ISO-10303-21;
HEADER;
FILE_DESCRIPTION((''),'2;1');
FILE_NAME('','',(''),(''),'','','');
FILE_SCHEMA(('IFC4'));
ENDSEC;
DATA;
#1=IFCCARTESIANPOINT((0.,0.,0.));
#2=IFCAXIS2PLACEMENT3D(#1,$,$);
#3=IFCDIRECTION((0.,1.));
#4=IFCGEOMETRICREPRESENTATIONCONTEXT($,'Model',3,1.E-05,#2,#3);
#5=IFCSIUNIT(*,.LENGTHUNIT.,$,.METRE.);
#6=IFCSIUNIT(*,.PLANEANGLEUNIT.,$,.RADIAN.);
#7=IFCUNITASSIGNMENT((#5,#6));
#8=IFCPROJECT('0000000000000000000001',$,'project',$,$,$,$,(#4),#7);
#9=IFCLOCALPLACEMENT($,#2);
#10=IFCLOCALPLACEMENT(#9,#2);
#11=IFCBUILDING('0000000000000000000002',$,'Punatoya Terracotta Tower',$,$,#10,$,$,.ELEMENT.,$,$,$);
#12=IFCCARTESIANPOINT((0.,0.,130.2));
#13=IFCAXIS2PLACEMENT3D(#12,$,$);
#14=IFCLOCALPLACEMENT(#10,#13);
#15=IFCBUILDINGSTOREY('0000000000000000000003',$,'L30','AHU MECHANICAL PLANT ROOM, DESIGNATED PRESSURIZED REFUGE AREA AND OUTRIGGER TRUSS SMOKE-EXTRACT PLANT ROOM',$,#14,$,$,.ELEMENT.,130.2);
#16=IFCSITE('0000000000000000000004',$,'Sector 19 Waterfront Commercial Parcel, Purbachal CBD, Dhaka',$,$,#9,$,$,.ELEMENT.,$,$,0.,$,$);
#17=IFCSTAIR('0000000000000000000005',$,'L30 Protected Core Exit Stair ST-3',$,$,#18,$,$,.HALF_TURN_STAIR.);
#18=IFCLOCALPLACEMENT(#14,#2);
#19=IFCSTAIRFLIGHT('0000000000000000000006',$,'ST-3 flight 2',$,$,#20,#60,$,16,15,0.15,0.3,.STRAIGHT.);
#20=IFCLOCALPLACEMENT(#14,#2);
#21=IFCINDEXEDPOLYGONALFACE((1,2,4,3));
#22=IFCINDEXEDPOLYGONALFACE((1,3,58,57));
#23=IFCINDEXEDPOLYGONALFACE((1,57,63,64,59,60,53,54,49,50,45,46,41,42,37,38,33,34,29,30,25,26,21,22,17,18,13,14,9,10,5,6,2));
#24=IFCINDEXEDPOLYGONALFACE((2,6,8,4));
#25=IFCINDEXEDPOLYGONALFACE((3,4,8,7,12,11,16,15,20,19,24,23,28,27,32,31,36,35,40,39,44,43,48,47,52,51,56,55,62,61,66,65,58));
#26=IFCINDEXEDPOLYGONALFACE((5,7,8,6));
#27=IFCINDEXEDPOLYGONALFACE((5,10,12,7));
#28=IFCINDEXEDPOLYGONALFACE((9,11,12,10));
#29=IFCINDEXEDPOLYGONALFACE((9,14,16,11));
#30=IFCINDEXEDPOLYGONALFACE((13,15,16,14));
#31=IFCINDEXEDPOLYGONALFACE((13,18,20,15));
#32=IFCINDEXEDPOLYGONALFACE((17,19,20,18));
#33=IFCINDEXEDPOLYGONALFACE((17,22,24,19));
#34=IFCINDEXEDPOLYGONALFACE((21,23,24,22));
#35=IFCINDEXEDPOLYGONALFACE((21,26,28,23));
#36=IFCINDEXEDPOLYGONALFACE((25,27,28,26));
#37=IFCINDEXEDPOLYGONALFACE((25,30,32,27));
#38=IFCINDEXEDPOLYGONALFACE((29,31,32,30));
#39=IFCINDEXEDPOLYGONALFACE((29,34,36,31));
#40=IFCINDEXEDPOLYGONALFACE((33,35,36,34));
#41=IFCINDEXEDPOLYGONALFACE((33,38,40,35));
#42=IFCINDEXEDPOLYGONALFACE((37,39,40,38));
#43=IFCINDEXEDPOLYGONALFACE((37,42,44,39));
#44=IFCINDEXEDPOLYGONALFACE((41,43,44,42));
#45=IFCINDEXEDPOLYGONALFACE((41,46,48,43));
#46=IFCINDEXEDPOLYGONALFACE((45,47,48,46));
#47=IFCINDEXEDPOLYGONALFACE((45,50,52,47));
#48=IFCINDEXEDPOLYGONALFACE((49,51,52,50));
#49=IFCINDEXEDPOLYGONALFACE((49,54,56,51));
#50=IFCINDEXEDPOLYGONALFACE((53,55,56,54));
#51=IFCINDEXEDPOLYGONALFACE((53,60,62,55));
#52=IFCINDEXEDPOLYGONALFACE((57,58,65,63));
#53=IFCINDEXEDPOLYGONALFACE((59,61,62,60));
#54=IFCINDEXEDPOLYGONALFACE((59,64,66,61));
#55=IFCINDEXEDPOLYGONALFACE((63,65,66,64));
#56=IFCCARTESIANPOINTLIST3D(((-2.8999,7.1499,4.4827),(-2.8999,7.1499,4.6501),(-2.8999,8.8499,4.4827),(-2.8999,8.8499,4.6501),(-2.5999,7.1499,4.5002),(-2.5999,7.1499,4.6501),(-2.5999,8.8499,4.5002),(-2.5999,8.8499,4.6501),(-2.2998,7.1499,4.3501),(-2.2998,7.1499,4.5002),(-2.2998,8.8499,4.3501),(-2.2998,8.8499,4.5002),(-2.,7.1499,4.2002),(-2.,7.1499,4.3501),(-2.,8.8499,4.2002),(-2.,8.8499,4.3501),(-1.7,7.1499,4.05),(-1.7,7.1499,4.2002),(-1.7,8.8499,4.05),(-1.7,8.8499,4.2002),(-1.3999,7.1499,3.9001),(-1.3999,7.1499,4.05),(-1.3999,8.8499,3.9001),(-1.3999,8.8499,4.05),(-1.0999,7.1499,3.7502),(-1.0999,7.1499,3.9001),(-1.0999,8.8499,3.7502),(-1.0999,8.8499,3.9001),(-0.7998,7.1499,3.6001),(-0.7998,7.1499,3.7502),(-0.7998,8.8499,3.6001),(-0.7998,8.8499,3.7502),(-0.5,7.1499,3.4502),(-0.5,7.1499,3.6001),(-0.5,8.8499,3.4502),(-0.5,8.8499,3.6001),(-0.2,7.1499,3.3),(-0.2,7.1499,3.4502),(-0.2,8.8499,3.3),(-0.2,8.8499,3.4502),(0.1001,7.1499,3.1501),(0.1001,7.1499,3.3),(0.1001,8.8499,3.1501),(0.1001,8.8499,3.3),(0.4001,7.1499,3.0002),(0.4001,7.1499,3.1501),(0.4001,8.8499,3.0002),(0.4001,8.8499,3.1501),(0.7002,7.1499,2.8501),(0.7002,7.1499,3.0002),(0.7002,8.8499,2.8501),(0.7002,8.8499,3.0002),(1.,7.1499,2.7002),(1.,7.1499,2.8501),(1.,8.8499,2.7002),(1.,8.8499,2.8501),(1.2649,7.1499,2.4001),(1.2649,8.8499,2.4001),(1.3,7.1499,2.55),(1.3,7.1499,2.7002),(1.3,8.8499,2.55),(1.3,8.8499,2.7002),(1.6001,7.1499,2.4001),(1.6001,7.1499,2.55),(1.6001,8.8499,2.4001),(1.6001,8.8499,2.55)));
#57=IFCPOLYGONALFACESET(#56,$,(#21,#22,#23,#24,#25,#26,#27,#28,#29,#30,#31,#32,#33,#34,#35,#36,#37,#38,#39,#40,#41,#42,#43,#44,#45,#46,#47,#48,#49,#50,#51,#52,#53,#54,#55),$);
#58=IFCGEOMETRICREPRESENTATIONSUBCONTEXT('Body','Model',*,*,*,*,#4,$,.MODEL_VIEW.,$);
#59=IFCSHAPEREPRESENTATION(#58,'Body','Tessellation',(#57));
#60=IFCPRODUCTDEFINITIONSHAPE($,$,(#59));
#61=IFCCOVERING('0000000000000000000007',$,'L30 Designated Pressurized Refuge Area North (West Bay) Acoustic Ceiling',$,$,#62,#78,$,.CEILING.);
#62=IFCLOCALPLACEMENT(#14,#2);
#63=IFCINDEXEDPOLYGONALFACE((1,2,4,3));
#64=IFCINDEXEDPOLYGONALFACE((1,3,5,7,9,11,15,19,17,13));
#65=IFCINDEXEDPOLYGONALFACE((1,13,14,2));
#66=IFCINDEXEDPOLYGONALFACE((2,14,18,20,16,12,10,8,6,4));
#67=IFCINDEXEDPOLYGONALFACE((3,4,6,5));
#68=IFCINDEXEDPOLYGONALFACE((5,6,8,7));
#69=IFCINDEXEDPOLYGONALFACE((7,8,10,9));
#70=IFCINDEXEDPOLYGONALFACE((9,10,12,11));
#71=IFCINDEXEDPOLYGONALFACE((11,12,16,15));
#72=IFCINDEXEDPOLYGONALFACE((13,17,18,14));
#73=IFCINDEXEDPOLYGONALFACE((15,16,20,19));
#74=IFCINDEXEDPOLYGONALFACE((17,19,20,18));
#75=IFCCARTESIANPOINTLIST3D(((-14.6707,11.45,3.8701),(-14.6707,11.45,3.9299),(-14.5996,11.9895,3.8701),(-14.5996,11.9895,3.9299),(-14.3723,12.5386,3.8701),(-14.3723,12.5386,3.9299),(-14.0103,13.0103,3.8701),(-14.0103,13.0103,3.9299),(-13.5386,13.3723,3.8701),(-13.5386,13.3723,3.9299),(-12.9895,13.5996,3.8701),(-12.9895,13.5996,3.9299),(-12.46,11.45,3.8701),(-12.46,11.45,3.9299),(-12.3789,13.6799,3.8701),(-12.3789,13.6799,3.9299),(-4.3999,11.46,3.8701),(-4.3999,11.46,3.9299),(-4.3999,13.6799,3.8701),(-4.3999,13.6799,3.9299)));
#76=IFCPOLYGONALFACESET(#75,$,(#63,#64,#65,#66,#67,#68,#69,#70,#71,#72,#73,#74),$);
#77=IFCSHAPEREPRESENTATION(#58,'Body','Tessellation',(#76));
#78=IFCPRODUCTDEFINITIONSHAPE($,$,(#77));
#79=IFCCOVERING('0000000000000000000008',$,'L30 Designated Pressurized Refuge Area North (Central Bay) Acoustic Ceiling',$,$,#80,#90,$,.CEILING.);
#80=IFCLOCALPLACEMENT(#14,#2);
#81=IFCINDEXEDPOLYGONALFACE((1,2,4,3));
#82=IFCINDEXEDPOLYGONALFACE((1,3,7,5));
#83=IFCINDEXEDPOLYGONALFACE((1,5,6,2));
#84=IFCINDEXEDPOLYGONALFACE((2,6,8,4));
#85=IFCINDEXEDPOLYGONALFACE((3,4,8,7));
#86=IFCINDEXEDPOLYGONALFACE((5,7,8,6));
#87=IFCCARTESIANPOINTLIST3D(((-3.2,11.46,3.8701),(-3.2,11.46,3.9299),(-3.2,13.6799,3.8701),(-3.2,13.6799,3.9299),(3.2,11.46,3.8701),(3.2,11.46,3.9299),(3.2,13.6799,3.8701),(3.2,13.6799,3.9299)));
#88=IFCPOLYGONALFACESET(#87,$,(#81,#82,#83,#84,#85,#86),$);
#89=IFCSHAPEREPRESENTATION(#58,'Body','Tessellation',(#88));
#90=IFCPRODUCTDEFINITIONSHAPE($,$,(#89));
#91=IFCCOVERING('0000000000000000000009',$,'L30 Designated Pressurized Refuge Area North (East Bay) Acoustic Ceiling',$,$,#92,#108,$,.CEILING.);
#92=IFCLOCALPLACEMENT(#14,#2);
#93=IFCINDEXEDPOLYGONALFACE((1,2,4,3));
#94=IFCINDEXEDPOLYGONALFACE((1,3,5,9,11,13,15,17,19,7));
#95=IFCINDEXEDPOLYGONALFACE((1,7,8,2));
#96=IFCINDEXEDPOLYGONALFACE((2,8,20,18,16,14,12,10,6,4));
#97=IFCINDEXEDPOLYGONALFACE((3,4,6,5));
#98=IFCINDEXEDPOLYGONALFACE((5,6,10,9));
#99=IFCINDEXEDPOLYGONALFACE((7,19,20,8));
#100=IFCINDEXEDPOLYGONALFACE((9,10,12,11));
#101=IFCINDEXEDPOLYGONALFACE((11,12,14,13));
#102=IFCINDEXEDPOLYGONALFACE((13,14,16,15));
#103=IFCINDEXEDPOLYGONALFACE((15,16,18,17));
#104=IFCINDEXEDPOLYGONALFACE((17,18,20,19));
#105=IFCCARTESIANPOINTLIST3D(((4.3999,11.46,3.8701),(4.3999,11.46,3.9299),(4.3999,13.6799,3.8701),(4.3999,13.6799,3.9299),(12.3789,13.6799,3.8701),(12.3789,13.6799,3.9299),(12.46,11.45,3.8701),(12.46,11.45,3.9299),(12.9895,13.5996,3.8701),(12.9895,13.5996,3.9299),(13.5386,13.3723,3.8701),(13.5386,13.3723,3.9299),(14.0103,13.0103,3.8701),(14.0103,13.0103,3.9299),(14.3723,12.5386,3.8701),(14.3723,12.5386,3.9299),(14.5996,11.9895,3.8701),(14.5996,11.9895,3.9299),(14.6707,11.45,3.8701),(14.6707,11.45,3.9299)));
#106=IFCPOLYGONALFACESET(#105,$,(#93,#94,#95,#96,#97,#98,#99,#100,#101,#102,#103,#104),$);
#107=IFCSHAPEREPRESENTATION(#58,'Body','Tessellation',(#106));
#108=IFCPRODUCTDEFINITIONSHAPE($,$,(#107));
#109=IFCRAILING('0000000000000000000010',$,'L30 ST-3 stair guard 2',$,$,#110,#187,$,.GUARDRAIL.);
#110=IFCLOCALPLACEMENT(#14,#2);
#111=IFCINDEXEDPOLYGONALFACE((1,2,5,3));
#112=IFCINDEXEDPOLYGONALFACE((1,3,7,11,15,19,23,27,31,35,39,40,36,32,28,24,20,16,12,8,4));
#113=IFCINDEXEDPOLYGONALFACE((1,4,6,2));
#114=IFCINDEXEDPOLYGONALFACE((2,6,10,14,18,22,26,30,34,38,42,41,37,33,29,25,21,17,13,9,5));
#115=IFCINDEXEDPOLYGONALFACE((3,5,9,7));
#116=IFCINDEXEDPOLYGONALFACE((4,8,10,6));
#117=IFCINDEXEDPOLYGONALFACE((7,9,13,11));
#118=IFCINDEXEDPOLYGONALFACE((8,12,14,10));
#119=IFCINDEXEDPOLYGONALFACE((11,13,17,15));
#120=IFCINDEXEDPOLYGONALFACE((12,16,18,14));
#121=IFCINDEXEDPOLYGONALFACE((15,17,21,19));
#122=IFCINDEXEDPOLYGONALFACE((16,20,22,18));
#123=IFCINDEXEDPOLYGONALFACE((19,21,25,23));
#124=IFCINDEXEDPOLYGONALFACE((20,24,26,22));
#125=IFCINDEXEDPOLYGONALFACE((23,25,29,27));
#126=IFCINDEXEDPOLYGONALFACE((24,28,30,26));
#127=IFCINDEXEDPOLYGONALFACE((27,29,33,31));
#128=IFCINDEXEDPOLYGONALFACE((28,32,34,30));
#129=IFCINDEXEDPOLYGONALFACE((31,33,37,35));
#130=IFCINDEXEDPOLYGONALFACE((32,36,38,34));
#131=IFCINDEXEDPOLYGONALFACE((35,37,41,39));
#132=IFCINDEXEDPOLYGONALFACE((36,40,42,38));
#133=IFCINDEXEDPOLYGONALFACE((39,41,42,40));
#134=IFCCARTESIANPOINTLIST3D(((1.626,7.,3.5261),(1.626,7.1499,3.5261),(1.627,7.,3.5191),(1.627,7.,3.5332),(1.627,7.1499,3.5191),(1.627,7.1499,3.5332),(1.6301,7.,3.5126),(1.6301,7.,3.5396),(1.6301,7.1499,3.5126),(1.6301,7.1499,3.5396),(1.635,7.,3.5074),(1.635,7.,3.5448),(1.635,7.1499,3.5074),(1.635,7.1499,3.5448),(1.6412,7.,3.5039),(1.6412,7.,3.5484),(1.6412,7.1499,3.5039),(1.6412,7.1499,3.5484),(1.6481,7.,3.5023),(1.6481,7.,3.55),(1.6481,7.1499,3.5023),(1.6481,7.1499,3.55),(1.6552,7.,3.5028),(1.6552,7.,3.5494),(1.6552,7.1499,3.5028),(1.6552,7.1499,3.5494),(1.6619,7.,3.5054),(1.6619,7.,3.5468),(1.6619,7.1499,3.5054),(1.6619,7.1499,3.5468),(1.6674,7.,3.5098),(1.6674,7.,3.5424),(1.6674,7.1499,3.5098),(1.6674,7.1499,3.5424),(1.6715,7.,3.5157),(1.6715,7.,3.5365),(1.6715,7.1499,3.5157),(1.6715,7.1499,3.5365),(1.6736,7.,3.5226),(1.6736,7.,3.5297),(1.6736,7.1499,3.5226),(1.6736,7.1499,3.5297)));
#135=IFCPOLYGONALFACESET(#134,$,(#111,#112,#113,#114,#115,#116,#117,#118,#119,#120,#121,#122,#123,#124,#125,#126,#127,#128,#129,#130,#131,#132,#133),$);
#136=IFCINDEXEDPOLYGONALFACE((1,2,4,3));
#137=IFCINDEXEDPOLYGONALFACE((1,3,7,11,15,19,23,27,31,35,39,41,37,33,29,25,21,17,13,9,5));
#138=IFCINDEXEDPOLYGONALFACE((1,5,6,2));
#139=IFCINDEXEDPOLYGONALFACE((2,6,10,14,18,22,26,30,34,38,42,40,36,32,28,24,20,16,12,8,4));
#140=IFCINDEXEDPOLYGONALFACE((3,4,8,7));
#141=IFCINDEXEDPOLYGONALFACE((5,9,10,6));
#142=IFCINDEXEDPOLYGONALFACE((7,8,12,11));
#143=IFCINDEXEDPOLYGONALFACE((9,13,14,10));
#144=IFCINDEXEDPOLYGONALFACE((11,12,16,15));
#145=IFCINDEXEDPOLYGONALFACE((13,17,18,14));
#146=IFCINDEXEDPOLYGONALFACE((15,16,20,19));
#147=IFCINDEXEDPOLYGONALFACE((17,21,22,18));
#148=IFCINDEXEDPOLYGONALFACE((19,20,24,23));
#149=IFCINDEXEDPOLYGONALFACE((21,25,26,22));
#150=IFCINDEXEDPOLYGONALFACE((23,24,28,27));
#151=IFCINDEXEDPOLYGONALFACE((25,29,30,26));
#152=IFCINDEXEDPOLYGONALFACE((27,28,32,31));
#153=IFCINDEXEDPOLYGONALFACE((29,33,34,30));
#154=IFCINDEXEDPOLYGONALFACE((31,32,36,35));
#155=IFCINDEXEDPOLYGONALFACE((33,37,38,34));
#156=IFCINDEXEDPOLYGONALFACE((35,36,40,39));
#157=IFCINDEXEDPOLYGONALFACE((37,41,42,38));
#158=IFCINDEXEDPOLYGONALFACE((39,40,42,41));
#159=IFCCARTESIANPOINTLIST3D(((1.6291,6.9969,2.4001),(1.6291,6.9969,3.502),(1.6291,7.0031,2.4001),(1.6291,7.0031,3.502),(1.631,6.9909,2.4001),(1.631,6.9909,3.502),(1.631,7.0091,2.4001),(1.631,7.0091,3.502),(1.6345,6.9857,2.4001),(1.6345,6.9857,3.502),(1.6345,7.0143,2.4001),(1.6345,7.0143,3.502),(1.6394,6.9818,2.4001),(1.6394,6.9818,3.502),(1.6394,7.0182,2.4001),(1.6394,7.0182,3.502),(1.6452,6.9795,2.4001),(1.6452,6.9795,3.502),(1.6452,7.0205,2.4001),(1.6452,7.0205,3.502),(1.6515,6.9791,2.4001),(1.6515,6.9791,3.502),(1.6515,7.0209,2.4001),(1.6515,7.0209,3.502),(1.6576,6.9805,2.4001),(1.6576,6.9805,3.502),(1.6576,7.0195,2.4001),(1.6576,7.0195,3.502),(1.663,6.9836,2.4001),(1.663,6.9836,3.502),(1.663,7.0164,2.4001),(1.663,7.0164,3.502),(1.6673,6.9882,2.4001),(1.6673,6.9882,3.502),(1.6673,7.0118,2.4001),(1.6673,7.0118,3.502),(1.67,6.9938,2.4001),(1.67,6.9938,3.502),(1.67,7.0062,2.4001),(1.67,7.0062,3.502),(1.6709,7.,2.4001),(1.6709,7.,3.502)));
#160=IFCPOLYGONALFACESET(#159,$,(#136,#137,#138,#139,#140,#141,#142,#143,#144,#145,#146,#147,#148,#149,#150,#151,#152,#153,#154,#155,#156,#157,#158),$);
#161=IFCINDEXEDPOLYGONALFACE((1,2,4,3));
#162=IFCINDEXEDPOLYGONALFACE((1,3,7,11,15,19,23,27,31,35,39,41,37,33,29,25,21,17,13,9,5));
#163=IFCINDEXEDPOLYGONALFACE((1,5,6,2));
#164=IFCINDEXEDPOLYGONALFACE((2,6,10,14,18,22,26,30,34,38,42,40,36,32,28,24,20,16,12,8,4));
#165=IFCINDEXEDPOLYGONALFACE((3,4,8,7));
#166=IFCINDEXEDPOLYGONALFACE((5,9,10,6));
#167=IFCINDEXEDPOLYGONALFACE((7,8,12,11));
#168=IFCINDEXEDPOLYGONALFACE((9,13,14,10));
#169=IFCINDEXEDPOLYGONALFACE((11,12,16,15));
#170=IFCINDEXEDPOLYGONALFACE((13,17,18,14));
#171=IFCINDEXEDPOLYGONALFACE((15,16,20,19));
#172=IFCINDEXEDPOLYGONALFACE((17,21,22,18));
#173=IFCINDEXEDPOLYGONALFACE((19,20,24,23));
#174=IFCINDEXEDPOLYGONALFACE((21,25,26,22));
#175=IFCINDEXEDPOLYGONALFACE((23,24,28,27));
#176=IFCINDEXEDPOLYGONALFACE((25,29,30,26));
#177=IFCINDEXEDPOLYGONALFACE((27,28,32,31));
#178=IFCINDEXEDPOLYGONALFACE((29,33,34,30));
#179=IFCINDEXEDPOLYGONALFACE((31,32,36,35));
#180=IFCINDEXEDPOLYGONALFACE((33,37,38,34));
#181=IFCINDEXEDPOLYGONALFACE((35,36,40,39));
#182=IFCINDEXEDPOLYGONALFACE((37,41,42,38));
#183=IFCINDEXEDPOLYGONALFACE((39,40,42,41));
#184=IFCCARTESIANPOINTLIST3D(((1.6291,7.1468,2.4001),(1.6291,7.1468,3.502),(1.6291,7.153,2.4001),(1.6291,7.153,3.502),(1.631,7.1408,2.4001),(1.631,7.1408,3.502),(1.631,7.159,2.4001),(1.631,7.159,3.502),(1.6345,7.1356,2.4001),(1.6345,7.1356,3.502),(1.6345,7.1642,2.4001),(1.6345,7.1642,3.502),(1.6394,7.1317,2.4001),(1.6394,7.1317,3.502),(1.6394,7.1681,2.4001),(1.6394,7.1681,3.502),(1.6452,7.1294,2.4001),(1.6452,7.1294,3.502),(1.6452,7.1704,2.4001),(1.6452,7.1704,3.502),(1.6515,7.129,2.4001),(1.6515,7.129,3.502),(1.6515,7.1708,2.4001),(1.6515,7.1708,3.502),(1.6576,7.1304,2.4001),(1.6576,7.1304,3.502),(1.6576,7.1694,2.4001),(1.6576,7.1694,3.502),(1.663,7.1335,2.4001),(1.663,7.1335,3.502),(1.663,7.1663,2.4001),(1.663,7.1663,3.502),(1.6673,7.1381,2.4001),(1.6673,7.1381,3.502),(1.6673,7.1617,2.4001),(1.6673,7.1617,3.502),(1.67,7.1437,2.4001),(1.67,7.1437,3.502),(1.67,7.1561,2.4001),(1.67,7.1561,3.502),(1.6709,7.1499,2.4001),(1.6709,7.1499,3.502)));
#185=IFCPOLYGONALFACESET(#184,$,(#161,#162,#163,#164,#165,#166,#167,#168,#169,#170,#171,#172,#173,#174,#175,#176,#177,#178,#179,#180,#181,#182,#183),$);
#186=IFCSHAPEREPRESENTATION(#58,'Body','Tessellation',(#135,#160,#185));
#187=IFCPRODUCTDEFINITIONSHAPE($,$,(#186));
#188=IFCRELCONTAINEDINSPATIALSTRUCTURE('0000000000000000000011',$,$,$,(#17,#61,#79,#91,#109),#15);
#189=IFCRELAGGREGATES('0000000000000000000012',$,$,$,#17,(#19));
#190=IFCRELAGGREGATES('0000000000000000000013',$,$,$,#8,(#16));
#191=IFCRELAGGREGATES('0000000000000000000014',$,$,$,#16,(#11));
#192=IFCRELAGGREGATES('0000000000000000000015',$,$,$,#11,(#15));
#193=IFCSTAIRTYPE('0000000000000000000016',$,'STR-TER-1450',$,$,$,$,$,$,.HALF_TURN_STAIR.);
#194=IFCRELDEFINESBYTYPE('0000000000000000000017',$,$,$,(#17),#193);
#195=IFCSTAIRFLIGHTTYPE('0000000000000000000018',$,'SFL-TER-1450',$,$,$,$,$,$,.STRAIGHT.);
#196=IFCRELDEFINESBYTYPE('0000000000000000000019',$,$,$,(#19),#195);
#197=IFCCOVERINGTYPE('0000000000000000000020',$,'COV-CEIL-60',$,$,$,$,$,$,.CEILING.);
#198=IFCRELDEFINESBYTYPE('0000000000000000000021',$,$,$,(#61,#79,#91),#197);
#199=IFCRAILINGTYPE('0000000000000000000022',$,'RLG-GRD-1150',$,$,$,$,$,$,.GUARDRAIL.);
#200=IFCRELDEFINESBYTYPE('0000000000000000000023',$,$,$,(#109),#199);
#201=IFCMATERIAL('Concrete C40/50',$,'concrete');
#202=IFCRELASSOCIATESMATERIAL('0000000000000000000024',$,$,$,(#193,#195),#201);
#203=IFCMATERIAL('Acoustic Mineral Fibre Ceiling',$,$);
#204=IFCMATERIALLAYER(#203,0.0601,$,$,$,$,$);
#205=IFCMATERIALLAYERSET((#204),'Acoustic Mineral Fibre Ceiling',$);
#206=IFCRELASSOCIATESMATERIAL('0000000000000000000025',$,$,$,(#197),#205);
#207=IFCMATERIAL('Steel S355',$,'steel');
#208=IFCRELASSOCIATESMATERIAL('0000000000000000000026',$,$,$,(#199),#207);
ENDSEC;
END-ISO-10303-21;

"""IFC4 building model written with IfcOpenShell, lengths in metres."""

from ifc_helpers import new_model, si_unit, direction, frame, origin, origin_2d, place, context, subcontext, project, spatial, polyline, circle, outline, extrude, material, layer, layer_set, type_object, element, aggregate, save


model = new_model("IFC4")

# Units and contexts
model_context = context("Model", 3, precision=1e-05, world=origin(), true_north=direction((0.0, 1.0)))
body_context = subcontext(model_context, "Body", "Model", "MODEL_VIEW")
ifc_project = project(units=[si_unit("LENGTHUNIT", "METRE"), si_unit("PLANEANGLEUNIT", "RADIAN")], contexts=[model_context])

# Site, building, storey
site_placement = place(None, origin())
site = spatial("IfcSite", under=ifc_project, at=site_placement, Name="Sector 19 Waterfront Commercial Parcel, Purbachal CBD, Dhaka", CompositionType="ELEMENT", RefElevation=0.0)
building_placement = place(site_placement, origin())
building = spatial("IfcBuilding", under=site, at=building_placement, Name="Punatoya Terracotta Tower", CompositionType="ELEMENT")
storey_placement = place(building_placement, frame((0.0, 0.0, 130.2)))
storey = spatial("IfcBuildingStorey", under=building, at=storey_placement, Name="L30", Description="AHU MECHANICAL PLANT ROOM, DESIGNATED PRESSURIZED REFUGE AREA AND OUTRIGGER TRUSS SMOKE-EXTRACT PLANT ROOM", CompositionType="ELEMENT", Elevation=130.2)

# Shared definitions
ifc_material_1 = material(Name="Steel S355", Category="steel")

# Shared definitions
ifc_material_2 = material(Name="Concrete C40/50", Category="concrete")

# Stair, stair flight
stair_type = type_object("IfcStairType", Name="STR-TER-1450", PredefinedType="HALF_TURN_STAIR", material=ifc_material_2)
stair_placement = place(storey_placement, origin())
stair = element("IfcStair", 1, at=stair_placement, inside=storey, type_object=stair_type, Name="L30 Protected Core Exit Stair ST-3", PredefinedType="HALF_TURN_STAIR")
stair_flight_type = type_object("IfcStairFlightType", Name="SFL-TER-1450", PredefinedType="STRAIGHT", material=ifc_material_2)
stair_flight_placement = place(storey_placement, frame((1.6001, 8.0, 2.4001), z_axis=(0.0, 0.0, 1.0), x_axis=(-1.0, 0.0, 0.0)))
stair_flight = element("IfcStairFlight", 2, at=stair_flight_placement, type_object=stair_flight_type, Name="ST-3 flight 2", NumberOfRisers=16, NumberOfTreads=15, PredefinedType="STRAIGHT", RiserHeight=0.15, TreadLength=0.3, context=body_context, shape_type="SweptSolid", body=[
    extrude(outline(polyline([(0.0, 0.0), (0.0, 0.1499), (0.3, 0.1499), (0.3, 0.3), (0.6001, 0.3), (0.6001, 0.45), (0.8999, 0.45), (0.8999, 0.6001), (1.2, 0.6001), (1.2, 0.75), (1.5, 0.75), (1.5, 0.8999), (1.8, 0.8999), (1.8, 1.05), (2.1001, 1.05), (2.1001, 1.2), (2.3999, 1.2), (2.3999, 1.3501), (2.7, 1.3501), (2.7, 1.5), (3.0, 1.5), (3.0, 1.6499), (3.3, 1.6499), (3.3, 1.8), (3.6001, 1.8), (3.6001, 1.95), (3.8999, 1.95), (3.8999, 2.1001), (4.2, 2.1001), (4.2, 2.25), (4.5, 2.25), (4.5, 2.3999), (4.5, 2.0825), (0.3352, 0.0), (0.0, 0.0)])), frame((0.0, 0.8501, 0.0), z_axis=(0.0, -1.0, 0.0), x_axis=(1.0, 0.0, 0.0)), (0.0, 0.0, 1.0), 1.7),
])
aggregate(stair, [stair_flight])

# Coverings
ifc_material_3 = material(Name="Acoustic Mineral Fibre Ceiling")
ifc_layer_1 = layer(ifc_material_3, 0.0601)
ifc_layer_set_1 = layer_set([ifc_layer_1], Name="Acoustic Mineral Fibre Ceiling")
covering_type = type_object("IfcCoveringType", Name="COV-CEIL-60", PredefinedType="CEILING", material=ifc_layer_set_1)
covering_1_placement = place(storey_placement, frame((0.0, 0.0, 3.8701)))
element("IfcCovering", 3, at=covering_1_placement, inside=storey, type_object=covering_type, Name="L30 Designated Pressurized Refuge Area North (West Bay) Acoustic Ceiling", PredefinedType="CEILING", context=body_context, shape_type="SweptSolid", body=[
    extrude(outline(polyline([(-14.5996, 11.9895), (-14.6707, 11.45), (-12.46, 11.45), (-4.3999, 11.46), (-4.3999, 13.6799), (-12.3789, 13.6799), (-12.9895, 13.5996), (-13.5386, 13.3723), (-14.0103, 13.0103), (-14.3723, 12.5386), (-14.5996, 11.9895)])), origin(), (0.0, 0.0, 1.0), 0.0598),
])
covering_2_placement = place(storey_placement, frame((0.0, 0.0, 3.8701)))
element("IfcCovering", 4, at=covering_2_placement, inside=storey, type_object=covering_type, Name="L30 Designated Pressurized Refuge Area North (Central Bay) Acoustic Ceiling", PredefinedType="CEILING", context=body_context, shape_type="SweptSolid", body=[
    extrude(outline(polyline([(3.2, 11.46), (3.2, 13.6799), (-3.2, 13.6799), (-3.2, 11.46), (3.2, 11.46)])), origin(), (0.0, 0.0, 1.0), 0.0598),
])
covering_3_placement = place(storey_placement, frame((0.0, 0.0, 3.8701)))
element("IfcCovering", 5, at=covering_3_placement, inside=storey, type_object=covering_type, Name="L30 Designated Pressurized Refuge Area North (East Bay) Acoustic Ceiling", PredefinedType="CEILING", context=body_context, shape_type="SweptSolid", body=[
    extrude(outline(polyline([(12.46, 11.45), (14.6707, 11.45), (14.5996, 11.9895), (14.3723, 12.5386), (14.0103, 13.0103), (13.5386, 13.3723), (12.9895, 13.5996), (12.3789, 13.6799), (4.3999, 13.6799), (4.3999, 11.46), (12.46, 11.45)])), origin(), (0.0, 0.0, 1.0), 0.0598),
])

# Railing
railing_type_1 = type_object("IfcRailingType", Name="RLG-GRD-1150", PredefinedType="GUARDRAIL", material=ifc_material_1)
railing_1_placement = place(storey_placement, frame((1.6499, 7.0, 2.4001)))
element("IfcRailing", 6, at=railing_1_placement, inside=storey, type_object=railing_type_1, Name="L30 ST-3 stair guard 2", PredefinedType="GUARDRAIL", context=body_context, shape_type="SweptSolid", body=[
    extrude(circle(Radius=0.0239, at=origin_2d()), frame((0.0, 0.0, 1.126), z_axis=(0.0, 1.0, 0.0), x_axis=(-1.0, 0.0, 0.0)), (0.0, 0.0, 1.0), 0.1499),
    extrude(circle(Radius=0.021, at=origin_2d()), origin(), (0.0, 0.0, 1.0), 1.1018),
    extrude(circle(Radius=0.021, at=origin_2d()), frame((0.0, 0.1499, 0.0)), (0.0, 0.0, 1.0), 1.1018),
])

save(model, "model.ifc")
